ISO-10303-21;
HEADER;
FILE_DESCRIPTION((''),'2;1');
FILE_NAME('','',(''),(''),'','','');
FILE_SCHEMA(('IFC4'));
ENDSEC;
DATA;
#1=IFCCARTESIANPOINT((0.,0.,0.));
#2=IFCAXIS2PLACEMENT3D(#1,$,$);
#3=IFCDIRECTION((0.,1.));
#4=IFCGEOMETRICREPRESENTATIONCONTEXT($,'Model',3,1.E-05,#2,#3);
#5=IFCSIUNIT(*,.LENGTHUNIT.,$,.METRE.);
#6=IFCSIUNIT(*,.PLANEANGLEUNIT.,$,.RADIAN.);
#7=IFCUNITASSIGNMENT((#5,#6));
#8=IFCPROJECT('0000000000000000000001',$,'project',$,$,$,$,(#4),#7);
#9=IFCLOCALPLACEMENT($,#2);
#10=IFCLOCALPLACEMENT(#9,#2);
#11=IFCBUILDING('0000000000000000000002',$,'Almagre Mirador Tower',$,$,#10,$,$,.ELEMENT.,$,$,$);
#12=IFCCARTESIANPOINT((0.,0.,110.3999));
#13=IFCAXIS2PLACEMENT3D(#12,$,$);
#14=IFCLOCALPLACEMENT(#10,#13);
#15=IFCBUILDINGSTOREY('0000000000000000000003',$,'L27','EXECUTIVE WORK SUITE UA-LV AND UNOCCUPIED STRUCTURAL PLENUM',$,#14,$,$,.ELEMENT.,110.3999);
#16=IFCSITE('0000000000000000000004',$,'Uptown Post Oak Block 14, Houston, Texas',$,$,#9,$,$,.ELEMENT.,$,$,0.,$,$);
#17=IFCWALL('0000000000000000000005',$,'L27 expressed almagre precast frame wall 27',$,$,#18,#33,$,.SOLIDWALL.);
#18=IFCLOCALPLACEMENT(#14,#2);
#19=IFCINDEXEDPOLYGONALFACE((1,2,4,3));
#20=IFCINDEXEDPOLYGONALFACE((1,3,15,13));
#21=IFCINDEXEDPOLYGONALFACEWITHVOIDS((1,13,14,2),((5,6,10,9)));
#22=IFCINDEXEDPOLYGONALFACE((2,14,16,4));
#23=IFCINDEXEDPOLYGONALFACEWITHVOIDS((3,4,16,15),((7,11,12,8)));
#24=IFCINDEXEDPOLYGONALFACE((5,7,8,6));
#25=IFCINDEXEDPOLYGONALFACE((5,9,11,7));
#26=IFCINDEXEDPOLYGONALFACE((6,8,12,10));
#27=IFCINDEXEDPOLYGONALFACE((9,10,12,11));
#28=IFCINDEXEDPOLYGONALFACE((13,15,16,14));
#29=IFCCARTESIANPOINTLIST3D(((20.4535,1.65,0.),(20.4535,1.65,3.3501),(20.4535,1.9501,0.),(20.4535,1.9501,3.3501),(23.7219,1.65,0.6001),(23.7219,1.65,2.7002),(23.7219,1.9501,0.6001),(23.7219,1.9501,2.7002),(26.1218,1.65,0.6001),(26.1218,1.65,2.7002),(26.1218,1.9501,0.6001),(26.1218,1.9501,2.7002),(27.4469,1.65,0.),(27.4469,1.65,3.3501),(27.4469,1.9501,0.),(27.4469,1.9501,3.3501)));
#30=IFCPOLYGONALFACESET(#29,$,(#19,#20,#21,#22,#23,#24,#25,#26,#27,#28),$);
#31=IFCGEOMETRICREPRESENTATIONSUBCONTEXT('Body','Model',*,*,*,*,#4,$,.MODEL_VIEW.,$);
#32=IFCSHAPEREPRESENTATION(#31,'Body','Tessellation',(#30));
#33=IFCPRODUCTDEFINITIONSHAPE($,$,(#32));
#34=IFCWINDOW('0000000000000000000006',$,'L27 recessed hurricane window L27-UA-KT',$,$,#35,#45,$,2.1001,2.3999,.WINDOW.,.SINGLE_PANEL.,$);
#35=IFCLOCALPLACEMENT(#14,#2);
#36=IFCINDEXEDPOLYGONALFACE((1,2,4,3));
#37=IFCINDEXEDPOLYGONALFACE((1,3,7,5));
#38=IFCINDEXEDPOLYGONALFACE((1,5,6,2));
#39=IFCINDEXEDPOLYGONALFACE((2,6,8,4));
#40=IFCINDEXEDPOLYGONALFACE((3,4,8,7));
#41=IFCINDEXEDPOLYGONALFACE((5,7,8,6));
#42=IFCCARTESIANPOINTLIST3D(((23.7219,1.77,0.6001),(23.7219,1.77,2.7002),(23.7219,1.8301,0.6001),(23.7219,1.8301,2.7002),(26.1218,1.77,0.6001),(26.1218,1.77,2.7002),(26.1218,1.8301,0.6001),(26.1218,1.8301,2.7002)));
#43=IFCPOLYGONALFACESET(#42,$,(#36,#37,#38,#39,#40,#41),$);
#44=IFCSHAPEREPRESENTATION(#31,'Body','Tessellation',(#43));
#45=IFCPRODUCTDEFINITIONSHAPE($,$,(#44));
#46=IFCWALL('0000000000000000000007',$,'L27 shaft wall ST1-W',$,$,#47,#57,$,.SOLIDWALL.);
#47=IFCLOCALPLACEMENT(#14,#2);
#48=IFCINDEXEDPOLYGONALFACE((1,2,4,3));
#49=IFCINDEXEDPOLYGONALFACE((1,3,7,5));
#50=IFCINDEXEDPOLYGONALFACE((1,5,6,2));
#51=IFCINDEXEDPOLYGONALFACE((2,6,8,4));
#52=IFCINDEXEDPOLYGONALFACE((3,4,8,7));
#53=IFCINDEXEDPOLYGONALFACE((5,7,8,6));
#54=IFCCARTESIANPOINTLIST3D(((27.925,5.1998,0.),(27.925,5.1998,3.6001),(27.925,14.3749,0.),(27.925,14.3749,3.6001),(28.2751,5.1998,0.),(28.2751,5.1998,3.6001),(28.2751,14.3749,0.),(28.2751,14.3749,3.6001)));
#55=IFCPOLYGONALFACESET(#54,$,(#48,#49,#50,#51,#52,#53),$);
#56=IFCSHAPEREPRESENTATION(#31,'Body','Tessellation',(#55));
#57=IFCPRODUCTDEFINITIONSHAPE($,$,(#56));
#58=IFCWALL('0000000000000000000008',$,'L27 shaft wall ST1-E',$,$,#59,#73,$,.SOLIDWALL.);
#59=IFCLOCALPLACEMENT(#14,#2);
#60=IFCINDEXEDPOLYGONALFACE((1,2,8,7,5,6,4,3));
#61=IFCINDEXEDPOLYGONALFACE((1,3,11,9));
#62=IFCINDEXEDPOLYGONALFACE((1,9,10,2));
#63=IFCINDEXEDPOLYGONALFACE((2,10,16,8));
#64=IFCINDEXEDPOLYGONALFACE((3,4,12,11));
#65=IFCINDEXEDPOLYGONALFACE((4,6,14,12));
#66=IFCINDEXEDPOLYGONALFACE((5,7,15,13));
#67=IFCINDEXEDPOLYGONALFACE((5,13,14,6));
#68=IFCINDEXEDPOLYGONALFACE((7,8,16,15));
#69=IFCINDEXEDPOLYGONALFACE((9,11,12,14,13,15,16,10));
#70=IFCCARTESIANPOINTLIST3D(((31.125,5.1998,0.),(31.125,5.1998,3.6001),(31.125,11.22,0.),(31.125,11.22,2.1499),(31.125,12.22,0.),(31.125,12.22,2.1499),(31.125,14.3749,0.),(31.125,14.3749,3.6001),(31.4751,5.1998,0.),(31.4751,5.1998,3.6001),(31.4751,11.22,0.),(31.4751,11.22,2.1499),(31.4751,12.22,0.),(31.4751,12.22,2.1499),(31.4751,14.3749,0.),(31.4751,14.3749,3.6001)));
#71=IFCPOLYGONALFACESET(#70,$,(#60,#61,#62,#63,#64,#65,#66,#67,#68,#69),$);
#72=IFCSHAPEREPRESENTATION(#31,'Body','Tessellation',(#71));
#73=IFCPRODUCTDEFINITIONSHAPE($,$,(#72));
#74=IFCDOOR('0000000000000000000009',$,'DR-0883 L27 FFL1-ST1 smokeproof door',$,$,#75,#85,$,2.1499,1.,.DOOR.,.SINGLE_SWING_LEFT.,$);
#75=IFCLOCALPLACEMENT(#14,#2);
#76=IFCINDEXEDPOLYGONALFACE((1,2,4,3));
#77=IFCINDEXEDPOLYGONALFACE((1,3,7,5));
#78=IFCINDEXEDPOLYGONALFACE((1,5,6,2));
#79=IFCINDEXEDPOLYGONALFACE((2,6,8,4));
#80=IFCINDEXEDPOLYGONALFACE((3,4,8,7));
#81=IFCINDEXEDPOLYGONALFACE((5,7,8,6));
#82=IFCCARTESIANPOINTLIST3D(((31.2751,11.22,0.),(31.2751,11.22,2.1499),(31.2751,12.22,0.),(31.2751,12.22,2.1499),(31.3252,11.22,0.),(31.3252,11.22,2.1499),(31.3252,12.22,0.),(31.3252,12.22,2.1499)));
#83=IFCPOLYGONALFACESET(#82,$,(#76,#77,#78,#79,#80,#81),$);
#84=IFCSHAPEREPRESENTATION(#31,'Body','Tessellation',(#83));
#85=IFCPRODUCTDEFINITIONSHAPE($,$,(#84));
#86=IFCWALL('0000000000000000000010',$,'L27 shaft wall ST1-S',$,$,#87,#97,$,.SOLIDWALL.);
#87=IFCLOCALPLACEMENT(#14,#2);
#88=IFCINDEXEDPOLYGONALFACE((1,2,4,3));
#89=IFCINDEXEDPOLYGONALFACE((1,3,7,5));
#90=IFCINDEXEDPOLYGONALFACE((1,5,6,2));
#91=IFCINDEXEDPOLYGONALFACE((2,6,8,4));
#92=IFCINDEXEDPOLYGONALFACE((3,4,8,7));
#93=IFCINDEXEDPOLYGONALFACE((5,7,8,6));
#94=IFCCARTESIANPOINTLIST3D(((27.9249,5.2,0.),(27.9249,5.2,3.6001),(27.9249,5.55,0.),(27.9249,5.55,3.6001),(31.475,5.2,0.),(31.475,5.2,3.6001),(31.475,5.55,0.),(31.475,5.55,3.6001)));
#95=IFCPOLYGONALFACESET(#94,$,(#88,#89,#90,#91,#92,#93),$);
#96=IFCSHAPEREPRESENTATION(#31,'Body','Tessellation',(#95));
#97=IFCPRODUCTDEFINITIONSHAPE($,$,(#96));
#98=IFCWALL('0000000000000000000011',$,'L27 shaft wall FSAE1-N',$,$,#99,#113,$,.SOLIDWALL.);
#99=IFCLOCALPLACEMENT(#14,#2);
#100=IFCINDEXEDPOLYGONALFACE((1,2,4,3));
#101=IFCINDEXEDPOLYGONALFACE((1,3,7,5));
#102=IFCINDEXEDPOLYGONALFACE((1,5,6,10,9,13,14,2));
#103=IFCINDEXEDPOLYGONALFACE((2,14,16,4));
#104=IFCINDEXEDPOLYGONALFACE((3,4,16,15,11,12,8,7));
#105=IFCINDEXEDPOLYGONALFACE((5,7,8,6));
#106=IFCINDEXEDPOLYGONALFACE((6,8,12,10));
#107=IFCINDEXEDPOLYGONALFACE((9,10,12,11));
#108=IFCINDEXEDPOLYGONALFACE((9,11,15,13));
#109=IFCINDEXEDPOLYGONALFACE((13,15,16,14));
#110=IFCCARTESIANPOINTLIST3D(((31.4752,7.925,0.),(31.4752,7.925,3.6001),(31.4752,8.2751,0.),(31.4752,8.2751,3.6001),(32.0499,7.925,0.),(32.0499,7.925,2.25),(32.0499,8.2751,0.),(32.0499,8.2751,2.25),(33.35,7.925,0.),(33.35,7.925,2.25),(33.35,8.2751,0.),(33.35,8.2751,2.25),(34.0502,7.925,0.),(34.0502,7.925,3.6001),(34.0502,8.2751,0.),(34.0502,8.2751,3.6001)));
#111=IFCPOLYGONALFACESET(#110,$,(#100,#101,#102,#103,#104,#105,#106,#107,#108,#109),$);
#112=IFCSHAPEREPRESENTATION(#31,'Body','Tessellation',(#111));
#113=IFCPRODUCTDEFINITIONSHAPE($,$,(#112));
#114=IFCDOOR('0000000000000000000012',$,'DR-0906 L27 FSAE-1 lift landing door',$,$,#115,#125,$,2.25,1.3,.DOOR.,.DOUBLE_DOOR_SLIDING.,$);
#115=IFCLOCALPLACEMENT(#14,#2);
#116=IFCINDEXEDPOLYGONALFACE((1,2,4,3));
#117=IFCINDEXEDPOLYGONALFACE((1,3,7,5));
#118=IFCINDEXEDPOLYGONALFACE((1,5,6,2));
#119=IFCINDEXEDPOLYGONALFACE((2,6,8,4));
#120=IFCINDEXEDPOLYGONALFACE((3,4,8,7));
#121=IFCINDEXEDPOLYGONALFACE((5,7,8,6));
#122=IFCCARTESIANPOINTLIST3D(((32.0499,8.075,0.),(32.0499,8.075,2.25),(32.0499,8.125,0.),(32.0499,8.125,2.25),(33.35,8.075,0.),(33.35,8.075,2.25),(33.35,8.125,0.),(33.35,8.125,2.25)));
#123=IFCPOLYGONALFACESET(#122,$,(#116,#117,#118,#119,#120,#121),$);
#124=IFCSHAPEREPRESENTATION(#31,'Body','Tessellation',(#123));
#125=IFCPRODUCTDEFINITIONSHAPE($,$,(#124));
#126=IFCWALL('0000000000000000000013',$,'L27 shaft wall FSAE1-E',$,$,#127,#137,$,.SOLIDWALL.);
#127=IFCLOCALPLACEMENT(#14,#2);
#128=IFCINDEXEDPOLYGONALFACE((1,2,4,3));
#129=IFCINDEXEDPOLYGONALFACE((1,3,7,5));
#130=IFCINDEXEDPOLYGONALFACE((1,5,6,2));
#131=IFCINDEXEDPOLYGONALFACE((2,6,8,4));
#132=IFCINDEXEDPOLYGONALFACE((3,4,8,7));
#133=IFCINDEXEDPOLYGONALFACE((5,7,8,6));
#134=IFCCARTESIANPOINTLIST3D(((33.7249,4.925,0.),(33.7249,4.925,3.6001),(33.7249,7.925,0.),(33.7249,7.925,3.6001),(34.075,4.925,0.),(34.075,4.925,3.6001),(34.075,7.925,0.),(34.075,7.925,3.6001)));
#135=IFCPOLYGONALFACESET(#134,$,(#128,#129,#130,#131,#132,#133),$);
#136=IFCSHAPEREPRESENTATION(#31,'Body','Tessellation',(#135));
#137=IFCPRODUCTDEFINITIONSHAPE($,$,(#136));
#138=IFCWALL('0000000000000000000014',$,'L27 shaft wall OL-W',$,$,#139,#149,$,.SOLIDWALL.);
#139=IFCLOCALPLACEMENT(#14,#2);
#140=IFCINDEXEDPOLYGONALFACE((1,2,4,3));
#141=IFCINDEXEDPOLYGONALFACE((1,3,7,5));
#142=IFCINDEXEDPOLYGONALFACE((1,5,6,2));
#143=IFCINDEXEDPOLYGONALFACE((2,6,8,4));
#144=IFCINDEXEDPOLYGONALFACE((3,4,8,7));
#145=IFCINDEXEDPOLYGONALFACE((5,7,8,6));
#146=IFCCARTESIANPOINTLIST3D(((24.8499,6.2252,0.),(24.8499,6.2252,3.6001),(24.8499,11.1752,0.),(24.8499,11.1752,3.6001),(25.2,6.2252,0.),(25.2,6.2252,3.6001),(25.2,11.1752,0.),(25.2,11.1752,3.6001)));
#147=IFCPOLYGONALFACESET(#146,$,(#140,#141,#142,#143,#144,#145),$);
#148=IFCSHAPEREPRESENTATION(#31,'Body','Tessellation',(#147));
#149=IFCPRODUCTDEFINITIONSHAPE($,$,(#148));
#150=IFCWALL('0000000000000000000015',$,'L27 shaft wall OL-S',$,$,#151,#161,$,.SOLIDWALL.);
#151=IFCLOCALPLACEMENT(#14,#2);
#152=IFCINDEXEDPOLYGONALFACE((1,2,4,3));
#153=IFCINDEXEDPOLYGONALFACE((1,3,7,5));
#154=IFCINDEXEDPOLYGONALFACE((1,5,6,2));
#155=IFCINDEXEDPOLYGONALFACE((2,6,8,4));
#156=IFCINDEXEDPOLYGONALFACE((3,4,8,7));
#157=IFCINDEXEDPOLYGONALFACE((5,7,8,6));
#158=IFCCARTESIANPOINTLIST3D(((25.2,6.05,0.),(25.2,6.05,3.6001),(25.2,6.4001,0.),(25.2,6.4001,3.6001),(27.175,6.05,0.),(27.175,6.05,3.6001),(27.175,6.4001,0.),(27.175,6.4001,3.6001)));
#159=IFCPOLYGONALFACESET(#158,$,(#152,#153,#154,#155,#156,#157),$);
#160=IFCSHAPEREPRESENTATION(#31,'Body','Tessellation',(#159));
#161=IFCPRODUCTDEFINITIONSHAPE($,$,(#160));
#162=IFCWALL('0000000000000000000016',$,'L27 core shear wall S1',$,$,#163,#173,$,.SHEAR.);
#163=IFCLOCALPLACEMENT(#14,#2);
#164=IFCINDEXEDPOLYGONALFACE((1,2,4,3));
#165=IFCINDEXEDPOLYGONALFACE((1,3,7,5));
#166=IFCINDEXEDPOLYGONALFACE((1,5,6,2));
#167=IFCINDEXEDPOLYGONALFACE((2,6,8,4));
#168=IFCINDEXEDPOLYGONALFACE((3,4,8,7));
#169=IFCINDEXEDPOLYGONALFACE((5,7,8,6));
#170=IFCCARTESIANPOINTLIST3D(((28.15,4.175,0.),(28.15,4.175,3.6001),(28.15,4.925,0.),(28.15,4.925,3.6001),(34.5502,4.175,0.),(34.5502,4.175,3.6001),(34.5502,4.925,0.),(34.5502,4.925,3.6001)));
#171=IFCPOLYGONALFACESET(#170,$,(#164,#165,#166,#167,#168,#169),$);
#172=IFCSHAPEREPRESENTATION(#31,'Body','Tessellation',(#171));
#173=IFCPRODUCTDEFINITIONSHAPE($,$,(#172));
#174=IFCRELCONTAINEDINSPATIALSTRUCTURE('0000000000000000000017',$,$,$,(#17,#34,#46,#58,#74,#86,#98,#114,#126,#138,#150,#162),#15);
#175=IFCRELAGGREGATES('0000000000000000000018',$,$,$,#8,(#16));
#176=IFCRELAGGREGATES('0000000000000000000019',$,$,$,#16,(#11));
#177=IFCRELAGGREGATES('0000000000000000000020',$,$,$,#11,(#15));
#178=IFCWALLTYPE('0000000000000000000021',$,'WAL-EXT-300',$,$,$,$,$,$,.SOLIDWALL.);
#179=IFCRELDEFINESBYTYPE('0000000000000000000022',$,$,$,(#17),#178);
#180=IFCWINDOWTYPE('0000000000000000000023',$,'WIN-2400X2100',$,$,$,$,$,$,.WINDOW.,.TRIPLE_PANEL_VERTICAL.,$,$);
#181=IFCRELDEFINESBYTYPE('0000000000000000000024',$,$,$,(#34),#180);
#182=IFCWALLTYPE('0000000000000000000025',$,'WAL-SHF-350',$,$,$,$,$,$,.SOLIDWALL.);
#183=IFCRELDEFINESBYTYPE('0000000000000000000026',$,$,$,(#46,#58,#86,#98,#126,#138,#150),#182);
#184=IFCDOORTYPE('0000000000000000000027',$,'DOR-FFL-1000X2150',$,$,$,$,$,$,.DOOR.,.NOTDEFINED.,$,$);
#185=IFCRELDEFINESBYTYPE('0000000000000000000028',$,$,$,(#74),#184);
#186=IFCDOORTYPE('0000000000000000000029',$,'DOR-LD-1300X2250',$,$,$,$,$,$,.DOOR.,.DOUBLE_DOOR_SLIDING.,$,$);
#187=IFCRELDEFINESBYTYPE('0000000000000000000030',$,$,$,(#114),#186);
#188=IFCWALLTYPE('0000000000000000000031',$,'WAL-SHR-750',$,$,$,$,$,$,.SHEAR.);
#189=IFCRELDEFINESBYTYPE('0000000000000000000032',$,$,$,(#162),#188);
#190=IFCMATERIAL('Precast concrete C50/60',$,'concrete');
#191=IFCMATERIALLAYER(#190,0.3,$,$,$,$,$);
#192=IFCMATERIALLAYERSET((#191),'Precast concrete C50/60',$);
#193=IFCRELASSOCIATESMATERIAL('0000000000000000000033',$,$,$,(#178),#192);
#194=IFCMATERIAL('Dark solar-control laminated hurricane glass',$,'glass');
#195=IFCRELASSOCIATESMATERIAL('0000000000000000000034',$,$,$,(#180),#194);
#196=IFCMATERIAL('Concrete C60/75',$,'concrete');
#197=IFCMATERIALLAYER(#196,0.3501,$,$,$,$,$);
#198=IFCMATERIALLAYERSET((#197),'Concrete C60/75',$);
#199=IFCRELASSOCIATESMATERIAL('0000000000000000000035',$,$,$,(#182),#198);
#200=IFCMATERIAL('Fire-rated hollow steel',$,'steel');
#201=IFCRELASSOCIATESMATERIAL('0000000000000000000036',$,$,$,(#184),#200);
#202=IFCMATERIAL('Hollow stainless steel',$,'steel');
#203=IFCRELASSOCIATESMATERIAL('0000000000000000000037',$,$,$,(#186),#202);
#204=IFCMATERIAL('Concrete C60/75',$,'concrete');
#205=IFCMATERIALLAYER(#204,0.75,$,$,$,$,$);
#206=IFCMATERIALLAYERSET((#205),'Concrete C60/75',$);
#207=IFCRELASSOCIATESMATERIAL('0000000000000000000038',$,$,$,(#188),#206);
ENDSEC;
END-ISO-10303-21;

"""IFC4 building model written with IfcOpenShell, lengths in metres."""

from ifc_helpers import new_model, si_unit, direction, frame, frame_2d, origin, place, context, subcontext, project, spatial, rectangle, extrude, material, layer, layer_set, type_object, element, fill, save


model = new_model("IFC4")

# Units and contexts
model_context = context("Model", 3, precision=1e-05, world=origin(), true_north=direction((0.0, 1.0)))
body_context = subcontext(model_context, "Body", "Model", "MODEL_VIEW")
ifc_project = project(units=[si_unit("LENGTHUNIT", "METRE"), si_unit("PLANEANGLEUNIT", "RADIAN")], contexts=[model_context])

# Site, building, storey
site_placement = place(None, origin())
site = spatial("IfcSite", under=ifc_project, at=site_placement, Name="Uptown Post Oak Block 14, Houston, Texas", CompositionType="ELEMENT", RefElevation=0.0)
building_placement = place(site_placement, origin())
building = spatial("IfcBuilding", under=site, at=building_placement, Name="Almagre Mirador Tower", CompositionType="ELEMENT")
storey_placement = place(building_placement, frame((0.0, 0.0, 110.3999)))
storey = spatial("IfcBuildingStorey", under=building, at=storey_placement, Name="L27", Description="EXECUTIVE WORK SUITE UA-LV AND UNOCCUPIED STRUCTURAL PLENUM", CompositionType="ELEMENT", Elevation=110.3999)

# Wall, opening, window
ifc_material_1 = material(Name="Precast concrete C50/60", Category="concrete")
ifc_layer_1 = layer(ifc_material_1, 0.3)
ifc_layer_set_1 = layer_set([ifc_layer_1], Name="Precast concrete C50/60")
wall_type_1 = type_object("IfcWallType", Name="WAL-EXT-300", PredefinedType="SOLIDWALL", material=ifc_layer_set_1)
wall_1_placement = place(storey_placement, frame((27.4468, 1.8, 0.0), z_axis=(0.0, 0.0, 1.0), x_axis=(-1.0, 0.0, 0.0)))
wall_1 = element("IfcWall", 1, at=wall_1_placement, inside=storey, type_object=wall_type_1, Name="L27 expressed almagre precast frame wall 27", PredefinedType="SOLIDWALL", context=body_context, shape_type="SweptSolid", body=[
    extrude(rectangle(XDim=6.9934, YDim=0.3, at=frame_2d((3.4966, 0.0))), origin(), (0.0, 0.0, 1.0), 3.3501),
])
opening_1_placement = place(wall_1_placement, frame((1.325, 0.0, 0.6001)))
opening_1 = element("IfcOpeningElement", 2, at=opening_1_placement, cuts=wall_1, PredefinedType="OPENING", context=body_context, shape_type="SweptSolid", body=[
    extrude(rectangle(XDim=2.3999, YDim=2.1001, at=frame_2d((1.2, 1.05))), frame((0.0, 0.1599, 0.0), z_axis=(0.0, -1.0, 0.0), x_axis=(1.0, 0.0, 0.0)), (0.0, 0.0, 1.0), 0.32),
])
ifc_material_2 = material(Name="Dark solar-control laminated hurricane glass", Category="glass")
window_type_1 = type_object("IfcWindowType", Name="WIN-2400X2100", PartitioningType="TRIPLE_PANEL_VERTICAL", PredefinedType="WINDOW", material=ifc_material_2)
window_1_placement = place(opening_1_placement, origin())
window_1 = element("IfcWindow", 3, at=window_1_placement, inside=storey, type_object=window_type_1, Name="L27 recessed hurricane window L27-UA-KT", OverallHeight=2.1001, OverallWidth=2.3999, PartitioningType="SINGLE_PANEL", PredefinedType="WINDOW", context=body_context, shape_type="SweptSolid", body=[
    extrude(rectangle(XDim=2.3999, YDim=2.1001, at=frame_2d((1.2, 1.05))), frame((0.0, 0.03, 0.0), z_axis=(0.0, -1.0, 0.0), x_axis=(1.0, 0.0, 0.0)), (0.0, 0.0, 1.0), 0.0601),
])
fill(opening_1, window_1)

# Wall
ifc_material_3 = material(Name="Concrete C60/75", Category="concrete")
ifc_layer_2 = layer(ifc_material_3, 0.3501)
ifc_layer_set_2 = layer_set([ifc_layer_2], Name="Concrete C60/75")
wall_type_2 = type_object("IfcWallType", Name="WAL-SHF-350", PredefinedType="SOLIDWALL", material=ifc_layer_set_2)
wall_2_placement = place(storey_placement, frame((28.1001, 5.2, 0.0), z_axis=(0.0, 0.0, 1.0), x_axis=(0.0, 1.0, 0.0)))
element("IfcWall", 4, at=wall_2_placement, inside=storey, type_object=wall_type_2, Name="L27 shaft wall ST1-W", PredefinedType="SOLIDWALL", context=body_context, shape_type="SweptSolid", body=[
    extrude(rectangle(XDim=9.175, YDim=0.3501, at=frame_2d((4.5874, 0.0))), origin(), (0.0, 0.0, 1.0), 3.6001),
])

# Wall, opening, door
wall_3_placement = place(storey_placement, frame((31.3, 5.2, 0.0), z_axis=(0.0, 0.0, 1.0), x_axis=(0.0, 1.0, 0.0)))
wall_3 = element("IfcWall", 5, at=wall_3_placement, inside=storey, type_object=wall_type_2, Name="L27 shaft wall ST1-E", PredefinedType="SOLIDWALL", context=body_context, shape_type="SweptSolid", body=[
    extrude(rectangle(XDim=9.175, YDim=0.3501, at=frame_2d((4.5874, 0.0))), origin(), (0.0, 0.0, 1.0), 3.6001),
])
opening_2_placement = place(wall_3_placement, frame((6.02, 0.0, 0.0)))
opening_2 = element("IfcOpeningElement", 6, at=opening_2_placement, cuts=wall_3, PredefinedType="OPENING", context=body_context, shape_type="SweptSolid", body=[
    extrude(rectangle(XDim=1.0, YDim=2.1499, at=frame_2d((0.5, 1.075))), frame((0.0, 0.185, 0.0), z_axis=(0.0, -1.0, 0.0), x_axis=(1.0, 0.0, 0.0)), (0.0, 0.0, 1.0), 0.3701),
])
ifc_material_4 = material(Name="Fire-rated hollow steel", Category="steel")
door_type_1 = type_object("IfcDoorType", Name="DOR-FFL-1000X2150", OperationType="NOTDEFINED", PredefinedType="DOOR", material=ifc_material_4)
door_1_placement = place(opening_2_placement, origin())
door_1 = element("IfcDoor", 7, at=door_1_placement, inside=storey, type_object=door_type_1, Name="DR-0883 L27 FFL1-ST1 smokeproof door", OperationType="SINGLE_SWING_LEFT", OverallHeight=2.1499, OverallWidth=1.0, PredefinedType="DOOR", context=body_context, shape_type="SweptSolid", body=[
    extrude(rectangle(XDim=1.0, YDim=2.1499, at=frame_2d((0.5, 1.075))), frame((0.0, 0.0249, 0.0), z_axis=(0.0, -1.0, 0.0), x_axis=(1.0, 0.0, 0.0)), (0.0, 0.0, 1.0), 0.05),
])
fill(opening_2, door_1)

# Wall
wall_4_placement = place(storey_placement, frame((27.925, 5.375, 0.0), z_axis=(0.0, 0.0, 1.0), x_axis=(1.0, 0.0, 0.0)))
element("IfcWall", 8, at=wall_4_placement, inside=storey, type_object=wall_type_2, Name="L27 shaft wall ST1-S", PredefinedType="SOLIDWALL", context=body_context, shape_type="SweptSolid", body=[
    extrude(rectangle(XDim=3.55, YDim=0.3501, at=frame_2d((1.7749, 0.0))), origin(), (0.0, 0.0, 1.0), 3.6001),
])

# Wall, opening, door
wall_5_placement = place(storey_placement, frame((31.4751, 8.1001, 0.0), z_axis=(0.0, 0.0, 1.0), x_axis=(1.0, 0.0, 0.0)))
wall_5 = element("IfcWall", 9, at=wall_5_placement, inside=storey, type_object=wall_type_2, Name="L27 shaft wall FSAE1-N", PredefinedType="SOLIDWALL", context=body_context, shape_type="SweptSolid", body=[
    extrude(rectangle(XDim=2.575, YDim=0.3501, at=frame_2d((1.2876, 0.0))), origin(), (0.0, 0.0, 1.0), 3.6001),
])
opening_3_placement = place(wall_5_placement, frame((0.575, 0.0, 0.0)))
opening_3 = element("IfcOpeningElement", 10, at=opening_3_placement, cuts=wall_5, PredefinedType="OPENING", context=body_context, shape_type="SweptSolid", body=[
    extrude(rectangle(XDim=1.3, YDim=2.25, at=frame_2d((0.6499, 1.125))), frame((0.0, 0.185, 0.0), z_axis=(0.0, -1.0, 0.0), x_axis=(1.0, 0.0, 0.0)), (0.0, 0.0, 1.0), 0.3701),
])
ifc_material_5 = material(Name="Hollow stainless steel", Category="steel")
door_type_2 = type_object("IfcDoorType", Name="DOR-LD-1300X2250", OperationType="DOUBLE_DOOR_SLIDING", PredefinedType="DOOR", material=ifc_material_5)
door_2_placement = place(opening_3_placement, origin())
door_2 = element("IfcDoor", 11, at=door_2_placement, inside=storey, type_object=door_type_2, Name="DR-0906 L27 FSAE-1 lift landing door", OperationType="DOUBLE_DOOR_SLIDING", OverallHeight=2.25, OverallWidth=1.3, PredefinedType="DOOR", context=body_context, shape_type="SweptSolid", body=[
    extrude(rectangle(XDim=1.3, YDim=2.25, at=frame_2d((0.6499, 1.125))), frame((0.0, 0.0249, 0.0), z_axis=(0.0, -1.0, 0.0), x_axis=(1.0, 0.0, 0.0)), (0.0, 0.0, 1.0), 0.05),
])
fill(opening_3, door_2)

# Walls
wall_6_placement = place(storey_placement, frame((33.8999, 4.925, 0.0), z_axis=(0.0, 0.0, 1.0), x_axis=(0.0, 1.0, 0.0)))
element("IfcWall", 12, at=wall_6_placement, inside=storey, type_object=wall_type_2, Name="L27 shaft wall FSAE1-E", PredefinedType="SOLIDWALL", context=body_context, shape_type="SweptSolid", body=[
    extrude(rectangle(XDim=3.0, YDim=0.3501, at=frame_2d((1.5, 0.0))), origin(), (0.0, 0.0, 1.0), 3.6001),
])
wall_7_placement = place(storey_placement, frame((25.0249, 6.2251, 0.0), z_axis=(0.0, 0.0, 1.0), x_axis=(0.0, 1.0, 0.0)))
element("IfcWall", 13, at=wall_7_placement, inside=storey, type_object=wall_type_2, Name="L27 shaft wall OL-W", PredefinedType="SOLIDWALL", context=body_context, shape_type="SweptSolid", body=[
    extrude(rectangle(XDim=4.95, YDim=0.3501, at=frame_2d((2.4751, 0.0))), origin(), (0.0, 0.0, 1.0), 3.6001),
])
wall_8_placement = place(storey_placement, frame((25.2, 6.2251, 0.0), z_axis=(0.0, 0.0, 1.0), x_axis=(1.0, 0.0, 0.0)))
element("IfcWall", 14, at=wall_8_placement, inside=storey, type_object=wall_type_2, Name="L27 shaft wall OL-S", PredefinedType="SOLIDWALL", context=body_context, shape_type="SweptSolid", body=[
    extrude(rectangle(XDim=1.9751, YDim=0.3501, at=frame_2d((0.9875, 0.0))), origin(), (0.0, 0.0, 1.0), 3.6001),
])
ifc_material_6 = material(Name="Concrete C60/75", Category="concrete")
ifc_layer_3 = layer(ifc_material_6, 0.75)
ifc_layer_set_3 = layer_set([ifc_layer_3], Name="Concrete C60/75")
wall_type_3 = type_object("IfcWallType", Name="WAL-SHR-750", PredefinedType="SHEAR", material=ifc_layer_set_3)
wall_9_placement = place(storey_placement, frame((28.1499, 4.55, 0.0), z_axis=(0.0, 0.0, 1.0), x_axis=(1.0, 0.0, 0.0)))
element("IfcWall", 15, at=wall_9_placement, inside=storey, type_object=wall_type_3, Name="L27 core shear wall S1", PredefinedType="SHEAR", context=body_context, shape_type="SweptSolid", body=[
    extrude(rectangle(XDim=6.4001, YDim=0.75, at=frame_2d((3.2002, 0.0))), origin(), (0.0, 0.0, 1.0), 3.6001),
])

save(model, "model.ifc")
